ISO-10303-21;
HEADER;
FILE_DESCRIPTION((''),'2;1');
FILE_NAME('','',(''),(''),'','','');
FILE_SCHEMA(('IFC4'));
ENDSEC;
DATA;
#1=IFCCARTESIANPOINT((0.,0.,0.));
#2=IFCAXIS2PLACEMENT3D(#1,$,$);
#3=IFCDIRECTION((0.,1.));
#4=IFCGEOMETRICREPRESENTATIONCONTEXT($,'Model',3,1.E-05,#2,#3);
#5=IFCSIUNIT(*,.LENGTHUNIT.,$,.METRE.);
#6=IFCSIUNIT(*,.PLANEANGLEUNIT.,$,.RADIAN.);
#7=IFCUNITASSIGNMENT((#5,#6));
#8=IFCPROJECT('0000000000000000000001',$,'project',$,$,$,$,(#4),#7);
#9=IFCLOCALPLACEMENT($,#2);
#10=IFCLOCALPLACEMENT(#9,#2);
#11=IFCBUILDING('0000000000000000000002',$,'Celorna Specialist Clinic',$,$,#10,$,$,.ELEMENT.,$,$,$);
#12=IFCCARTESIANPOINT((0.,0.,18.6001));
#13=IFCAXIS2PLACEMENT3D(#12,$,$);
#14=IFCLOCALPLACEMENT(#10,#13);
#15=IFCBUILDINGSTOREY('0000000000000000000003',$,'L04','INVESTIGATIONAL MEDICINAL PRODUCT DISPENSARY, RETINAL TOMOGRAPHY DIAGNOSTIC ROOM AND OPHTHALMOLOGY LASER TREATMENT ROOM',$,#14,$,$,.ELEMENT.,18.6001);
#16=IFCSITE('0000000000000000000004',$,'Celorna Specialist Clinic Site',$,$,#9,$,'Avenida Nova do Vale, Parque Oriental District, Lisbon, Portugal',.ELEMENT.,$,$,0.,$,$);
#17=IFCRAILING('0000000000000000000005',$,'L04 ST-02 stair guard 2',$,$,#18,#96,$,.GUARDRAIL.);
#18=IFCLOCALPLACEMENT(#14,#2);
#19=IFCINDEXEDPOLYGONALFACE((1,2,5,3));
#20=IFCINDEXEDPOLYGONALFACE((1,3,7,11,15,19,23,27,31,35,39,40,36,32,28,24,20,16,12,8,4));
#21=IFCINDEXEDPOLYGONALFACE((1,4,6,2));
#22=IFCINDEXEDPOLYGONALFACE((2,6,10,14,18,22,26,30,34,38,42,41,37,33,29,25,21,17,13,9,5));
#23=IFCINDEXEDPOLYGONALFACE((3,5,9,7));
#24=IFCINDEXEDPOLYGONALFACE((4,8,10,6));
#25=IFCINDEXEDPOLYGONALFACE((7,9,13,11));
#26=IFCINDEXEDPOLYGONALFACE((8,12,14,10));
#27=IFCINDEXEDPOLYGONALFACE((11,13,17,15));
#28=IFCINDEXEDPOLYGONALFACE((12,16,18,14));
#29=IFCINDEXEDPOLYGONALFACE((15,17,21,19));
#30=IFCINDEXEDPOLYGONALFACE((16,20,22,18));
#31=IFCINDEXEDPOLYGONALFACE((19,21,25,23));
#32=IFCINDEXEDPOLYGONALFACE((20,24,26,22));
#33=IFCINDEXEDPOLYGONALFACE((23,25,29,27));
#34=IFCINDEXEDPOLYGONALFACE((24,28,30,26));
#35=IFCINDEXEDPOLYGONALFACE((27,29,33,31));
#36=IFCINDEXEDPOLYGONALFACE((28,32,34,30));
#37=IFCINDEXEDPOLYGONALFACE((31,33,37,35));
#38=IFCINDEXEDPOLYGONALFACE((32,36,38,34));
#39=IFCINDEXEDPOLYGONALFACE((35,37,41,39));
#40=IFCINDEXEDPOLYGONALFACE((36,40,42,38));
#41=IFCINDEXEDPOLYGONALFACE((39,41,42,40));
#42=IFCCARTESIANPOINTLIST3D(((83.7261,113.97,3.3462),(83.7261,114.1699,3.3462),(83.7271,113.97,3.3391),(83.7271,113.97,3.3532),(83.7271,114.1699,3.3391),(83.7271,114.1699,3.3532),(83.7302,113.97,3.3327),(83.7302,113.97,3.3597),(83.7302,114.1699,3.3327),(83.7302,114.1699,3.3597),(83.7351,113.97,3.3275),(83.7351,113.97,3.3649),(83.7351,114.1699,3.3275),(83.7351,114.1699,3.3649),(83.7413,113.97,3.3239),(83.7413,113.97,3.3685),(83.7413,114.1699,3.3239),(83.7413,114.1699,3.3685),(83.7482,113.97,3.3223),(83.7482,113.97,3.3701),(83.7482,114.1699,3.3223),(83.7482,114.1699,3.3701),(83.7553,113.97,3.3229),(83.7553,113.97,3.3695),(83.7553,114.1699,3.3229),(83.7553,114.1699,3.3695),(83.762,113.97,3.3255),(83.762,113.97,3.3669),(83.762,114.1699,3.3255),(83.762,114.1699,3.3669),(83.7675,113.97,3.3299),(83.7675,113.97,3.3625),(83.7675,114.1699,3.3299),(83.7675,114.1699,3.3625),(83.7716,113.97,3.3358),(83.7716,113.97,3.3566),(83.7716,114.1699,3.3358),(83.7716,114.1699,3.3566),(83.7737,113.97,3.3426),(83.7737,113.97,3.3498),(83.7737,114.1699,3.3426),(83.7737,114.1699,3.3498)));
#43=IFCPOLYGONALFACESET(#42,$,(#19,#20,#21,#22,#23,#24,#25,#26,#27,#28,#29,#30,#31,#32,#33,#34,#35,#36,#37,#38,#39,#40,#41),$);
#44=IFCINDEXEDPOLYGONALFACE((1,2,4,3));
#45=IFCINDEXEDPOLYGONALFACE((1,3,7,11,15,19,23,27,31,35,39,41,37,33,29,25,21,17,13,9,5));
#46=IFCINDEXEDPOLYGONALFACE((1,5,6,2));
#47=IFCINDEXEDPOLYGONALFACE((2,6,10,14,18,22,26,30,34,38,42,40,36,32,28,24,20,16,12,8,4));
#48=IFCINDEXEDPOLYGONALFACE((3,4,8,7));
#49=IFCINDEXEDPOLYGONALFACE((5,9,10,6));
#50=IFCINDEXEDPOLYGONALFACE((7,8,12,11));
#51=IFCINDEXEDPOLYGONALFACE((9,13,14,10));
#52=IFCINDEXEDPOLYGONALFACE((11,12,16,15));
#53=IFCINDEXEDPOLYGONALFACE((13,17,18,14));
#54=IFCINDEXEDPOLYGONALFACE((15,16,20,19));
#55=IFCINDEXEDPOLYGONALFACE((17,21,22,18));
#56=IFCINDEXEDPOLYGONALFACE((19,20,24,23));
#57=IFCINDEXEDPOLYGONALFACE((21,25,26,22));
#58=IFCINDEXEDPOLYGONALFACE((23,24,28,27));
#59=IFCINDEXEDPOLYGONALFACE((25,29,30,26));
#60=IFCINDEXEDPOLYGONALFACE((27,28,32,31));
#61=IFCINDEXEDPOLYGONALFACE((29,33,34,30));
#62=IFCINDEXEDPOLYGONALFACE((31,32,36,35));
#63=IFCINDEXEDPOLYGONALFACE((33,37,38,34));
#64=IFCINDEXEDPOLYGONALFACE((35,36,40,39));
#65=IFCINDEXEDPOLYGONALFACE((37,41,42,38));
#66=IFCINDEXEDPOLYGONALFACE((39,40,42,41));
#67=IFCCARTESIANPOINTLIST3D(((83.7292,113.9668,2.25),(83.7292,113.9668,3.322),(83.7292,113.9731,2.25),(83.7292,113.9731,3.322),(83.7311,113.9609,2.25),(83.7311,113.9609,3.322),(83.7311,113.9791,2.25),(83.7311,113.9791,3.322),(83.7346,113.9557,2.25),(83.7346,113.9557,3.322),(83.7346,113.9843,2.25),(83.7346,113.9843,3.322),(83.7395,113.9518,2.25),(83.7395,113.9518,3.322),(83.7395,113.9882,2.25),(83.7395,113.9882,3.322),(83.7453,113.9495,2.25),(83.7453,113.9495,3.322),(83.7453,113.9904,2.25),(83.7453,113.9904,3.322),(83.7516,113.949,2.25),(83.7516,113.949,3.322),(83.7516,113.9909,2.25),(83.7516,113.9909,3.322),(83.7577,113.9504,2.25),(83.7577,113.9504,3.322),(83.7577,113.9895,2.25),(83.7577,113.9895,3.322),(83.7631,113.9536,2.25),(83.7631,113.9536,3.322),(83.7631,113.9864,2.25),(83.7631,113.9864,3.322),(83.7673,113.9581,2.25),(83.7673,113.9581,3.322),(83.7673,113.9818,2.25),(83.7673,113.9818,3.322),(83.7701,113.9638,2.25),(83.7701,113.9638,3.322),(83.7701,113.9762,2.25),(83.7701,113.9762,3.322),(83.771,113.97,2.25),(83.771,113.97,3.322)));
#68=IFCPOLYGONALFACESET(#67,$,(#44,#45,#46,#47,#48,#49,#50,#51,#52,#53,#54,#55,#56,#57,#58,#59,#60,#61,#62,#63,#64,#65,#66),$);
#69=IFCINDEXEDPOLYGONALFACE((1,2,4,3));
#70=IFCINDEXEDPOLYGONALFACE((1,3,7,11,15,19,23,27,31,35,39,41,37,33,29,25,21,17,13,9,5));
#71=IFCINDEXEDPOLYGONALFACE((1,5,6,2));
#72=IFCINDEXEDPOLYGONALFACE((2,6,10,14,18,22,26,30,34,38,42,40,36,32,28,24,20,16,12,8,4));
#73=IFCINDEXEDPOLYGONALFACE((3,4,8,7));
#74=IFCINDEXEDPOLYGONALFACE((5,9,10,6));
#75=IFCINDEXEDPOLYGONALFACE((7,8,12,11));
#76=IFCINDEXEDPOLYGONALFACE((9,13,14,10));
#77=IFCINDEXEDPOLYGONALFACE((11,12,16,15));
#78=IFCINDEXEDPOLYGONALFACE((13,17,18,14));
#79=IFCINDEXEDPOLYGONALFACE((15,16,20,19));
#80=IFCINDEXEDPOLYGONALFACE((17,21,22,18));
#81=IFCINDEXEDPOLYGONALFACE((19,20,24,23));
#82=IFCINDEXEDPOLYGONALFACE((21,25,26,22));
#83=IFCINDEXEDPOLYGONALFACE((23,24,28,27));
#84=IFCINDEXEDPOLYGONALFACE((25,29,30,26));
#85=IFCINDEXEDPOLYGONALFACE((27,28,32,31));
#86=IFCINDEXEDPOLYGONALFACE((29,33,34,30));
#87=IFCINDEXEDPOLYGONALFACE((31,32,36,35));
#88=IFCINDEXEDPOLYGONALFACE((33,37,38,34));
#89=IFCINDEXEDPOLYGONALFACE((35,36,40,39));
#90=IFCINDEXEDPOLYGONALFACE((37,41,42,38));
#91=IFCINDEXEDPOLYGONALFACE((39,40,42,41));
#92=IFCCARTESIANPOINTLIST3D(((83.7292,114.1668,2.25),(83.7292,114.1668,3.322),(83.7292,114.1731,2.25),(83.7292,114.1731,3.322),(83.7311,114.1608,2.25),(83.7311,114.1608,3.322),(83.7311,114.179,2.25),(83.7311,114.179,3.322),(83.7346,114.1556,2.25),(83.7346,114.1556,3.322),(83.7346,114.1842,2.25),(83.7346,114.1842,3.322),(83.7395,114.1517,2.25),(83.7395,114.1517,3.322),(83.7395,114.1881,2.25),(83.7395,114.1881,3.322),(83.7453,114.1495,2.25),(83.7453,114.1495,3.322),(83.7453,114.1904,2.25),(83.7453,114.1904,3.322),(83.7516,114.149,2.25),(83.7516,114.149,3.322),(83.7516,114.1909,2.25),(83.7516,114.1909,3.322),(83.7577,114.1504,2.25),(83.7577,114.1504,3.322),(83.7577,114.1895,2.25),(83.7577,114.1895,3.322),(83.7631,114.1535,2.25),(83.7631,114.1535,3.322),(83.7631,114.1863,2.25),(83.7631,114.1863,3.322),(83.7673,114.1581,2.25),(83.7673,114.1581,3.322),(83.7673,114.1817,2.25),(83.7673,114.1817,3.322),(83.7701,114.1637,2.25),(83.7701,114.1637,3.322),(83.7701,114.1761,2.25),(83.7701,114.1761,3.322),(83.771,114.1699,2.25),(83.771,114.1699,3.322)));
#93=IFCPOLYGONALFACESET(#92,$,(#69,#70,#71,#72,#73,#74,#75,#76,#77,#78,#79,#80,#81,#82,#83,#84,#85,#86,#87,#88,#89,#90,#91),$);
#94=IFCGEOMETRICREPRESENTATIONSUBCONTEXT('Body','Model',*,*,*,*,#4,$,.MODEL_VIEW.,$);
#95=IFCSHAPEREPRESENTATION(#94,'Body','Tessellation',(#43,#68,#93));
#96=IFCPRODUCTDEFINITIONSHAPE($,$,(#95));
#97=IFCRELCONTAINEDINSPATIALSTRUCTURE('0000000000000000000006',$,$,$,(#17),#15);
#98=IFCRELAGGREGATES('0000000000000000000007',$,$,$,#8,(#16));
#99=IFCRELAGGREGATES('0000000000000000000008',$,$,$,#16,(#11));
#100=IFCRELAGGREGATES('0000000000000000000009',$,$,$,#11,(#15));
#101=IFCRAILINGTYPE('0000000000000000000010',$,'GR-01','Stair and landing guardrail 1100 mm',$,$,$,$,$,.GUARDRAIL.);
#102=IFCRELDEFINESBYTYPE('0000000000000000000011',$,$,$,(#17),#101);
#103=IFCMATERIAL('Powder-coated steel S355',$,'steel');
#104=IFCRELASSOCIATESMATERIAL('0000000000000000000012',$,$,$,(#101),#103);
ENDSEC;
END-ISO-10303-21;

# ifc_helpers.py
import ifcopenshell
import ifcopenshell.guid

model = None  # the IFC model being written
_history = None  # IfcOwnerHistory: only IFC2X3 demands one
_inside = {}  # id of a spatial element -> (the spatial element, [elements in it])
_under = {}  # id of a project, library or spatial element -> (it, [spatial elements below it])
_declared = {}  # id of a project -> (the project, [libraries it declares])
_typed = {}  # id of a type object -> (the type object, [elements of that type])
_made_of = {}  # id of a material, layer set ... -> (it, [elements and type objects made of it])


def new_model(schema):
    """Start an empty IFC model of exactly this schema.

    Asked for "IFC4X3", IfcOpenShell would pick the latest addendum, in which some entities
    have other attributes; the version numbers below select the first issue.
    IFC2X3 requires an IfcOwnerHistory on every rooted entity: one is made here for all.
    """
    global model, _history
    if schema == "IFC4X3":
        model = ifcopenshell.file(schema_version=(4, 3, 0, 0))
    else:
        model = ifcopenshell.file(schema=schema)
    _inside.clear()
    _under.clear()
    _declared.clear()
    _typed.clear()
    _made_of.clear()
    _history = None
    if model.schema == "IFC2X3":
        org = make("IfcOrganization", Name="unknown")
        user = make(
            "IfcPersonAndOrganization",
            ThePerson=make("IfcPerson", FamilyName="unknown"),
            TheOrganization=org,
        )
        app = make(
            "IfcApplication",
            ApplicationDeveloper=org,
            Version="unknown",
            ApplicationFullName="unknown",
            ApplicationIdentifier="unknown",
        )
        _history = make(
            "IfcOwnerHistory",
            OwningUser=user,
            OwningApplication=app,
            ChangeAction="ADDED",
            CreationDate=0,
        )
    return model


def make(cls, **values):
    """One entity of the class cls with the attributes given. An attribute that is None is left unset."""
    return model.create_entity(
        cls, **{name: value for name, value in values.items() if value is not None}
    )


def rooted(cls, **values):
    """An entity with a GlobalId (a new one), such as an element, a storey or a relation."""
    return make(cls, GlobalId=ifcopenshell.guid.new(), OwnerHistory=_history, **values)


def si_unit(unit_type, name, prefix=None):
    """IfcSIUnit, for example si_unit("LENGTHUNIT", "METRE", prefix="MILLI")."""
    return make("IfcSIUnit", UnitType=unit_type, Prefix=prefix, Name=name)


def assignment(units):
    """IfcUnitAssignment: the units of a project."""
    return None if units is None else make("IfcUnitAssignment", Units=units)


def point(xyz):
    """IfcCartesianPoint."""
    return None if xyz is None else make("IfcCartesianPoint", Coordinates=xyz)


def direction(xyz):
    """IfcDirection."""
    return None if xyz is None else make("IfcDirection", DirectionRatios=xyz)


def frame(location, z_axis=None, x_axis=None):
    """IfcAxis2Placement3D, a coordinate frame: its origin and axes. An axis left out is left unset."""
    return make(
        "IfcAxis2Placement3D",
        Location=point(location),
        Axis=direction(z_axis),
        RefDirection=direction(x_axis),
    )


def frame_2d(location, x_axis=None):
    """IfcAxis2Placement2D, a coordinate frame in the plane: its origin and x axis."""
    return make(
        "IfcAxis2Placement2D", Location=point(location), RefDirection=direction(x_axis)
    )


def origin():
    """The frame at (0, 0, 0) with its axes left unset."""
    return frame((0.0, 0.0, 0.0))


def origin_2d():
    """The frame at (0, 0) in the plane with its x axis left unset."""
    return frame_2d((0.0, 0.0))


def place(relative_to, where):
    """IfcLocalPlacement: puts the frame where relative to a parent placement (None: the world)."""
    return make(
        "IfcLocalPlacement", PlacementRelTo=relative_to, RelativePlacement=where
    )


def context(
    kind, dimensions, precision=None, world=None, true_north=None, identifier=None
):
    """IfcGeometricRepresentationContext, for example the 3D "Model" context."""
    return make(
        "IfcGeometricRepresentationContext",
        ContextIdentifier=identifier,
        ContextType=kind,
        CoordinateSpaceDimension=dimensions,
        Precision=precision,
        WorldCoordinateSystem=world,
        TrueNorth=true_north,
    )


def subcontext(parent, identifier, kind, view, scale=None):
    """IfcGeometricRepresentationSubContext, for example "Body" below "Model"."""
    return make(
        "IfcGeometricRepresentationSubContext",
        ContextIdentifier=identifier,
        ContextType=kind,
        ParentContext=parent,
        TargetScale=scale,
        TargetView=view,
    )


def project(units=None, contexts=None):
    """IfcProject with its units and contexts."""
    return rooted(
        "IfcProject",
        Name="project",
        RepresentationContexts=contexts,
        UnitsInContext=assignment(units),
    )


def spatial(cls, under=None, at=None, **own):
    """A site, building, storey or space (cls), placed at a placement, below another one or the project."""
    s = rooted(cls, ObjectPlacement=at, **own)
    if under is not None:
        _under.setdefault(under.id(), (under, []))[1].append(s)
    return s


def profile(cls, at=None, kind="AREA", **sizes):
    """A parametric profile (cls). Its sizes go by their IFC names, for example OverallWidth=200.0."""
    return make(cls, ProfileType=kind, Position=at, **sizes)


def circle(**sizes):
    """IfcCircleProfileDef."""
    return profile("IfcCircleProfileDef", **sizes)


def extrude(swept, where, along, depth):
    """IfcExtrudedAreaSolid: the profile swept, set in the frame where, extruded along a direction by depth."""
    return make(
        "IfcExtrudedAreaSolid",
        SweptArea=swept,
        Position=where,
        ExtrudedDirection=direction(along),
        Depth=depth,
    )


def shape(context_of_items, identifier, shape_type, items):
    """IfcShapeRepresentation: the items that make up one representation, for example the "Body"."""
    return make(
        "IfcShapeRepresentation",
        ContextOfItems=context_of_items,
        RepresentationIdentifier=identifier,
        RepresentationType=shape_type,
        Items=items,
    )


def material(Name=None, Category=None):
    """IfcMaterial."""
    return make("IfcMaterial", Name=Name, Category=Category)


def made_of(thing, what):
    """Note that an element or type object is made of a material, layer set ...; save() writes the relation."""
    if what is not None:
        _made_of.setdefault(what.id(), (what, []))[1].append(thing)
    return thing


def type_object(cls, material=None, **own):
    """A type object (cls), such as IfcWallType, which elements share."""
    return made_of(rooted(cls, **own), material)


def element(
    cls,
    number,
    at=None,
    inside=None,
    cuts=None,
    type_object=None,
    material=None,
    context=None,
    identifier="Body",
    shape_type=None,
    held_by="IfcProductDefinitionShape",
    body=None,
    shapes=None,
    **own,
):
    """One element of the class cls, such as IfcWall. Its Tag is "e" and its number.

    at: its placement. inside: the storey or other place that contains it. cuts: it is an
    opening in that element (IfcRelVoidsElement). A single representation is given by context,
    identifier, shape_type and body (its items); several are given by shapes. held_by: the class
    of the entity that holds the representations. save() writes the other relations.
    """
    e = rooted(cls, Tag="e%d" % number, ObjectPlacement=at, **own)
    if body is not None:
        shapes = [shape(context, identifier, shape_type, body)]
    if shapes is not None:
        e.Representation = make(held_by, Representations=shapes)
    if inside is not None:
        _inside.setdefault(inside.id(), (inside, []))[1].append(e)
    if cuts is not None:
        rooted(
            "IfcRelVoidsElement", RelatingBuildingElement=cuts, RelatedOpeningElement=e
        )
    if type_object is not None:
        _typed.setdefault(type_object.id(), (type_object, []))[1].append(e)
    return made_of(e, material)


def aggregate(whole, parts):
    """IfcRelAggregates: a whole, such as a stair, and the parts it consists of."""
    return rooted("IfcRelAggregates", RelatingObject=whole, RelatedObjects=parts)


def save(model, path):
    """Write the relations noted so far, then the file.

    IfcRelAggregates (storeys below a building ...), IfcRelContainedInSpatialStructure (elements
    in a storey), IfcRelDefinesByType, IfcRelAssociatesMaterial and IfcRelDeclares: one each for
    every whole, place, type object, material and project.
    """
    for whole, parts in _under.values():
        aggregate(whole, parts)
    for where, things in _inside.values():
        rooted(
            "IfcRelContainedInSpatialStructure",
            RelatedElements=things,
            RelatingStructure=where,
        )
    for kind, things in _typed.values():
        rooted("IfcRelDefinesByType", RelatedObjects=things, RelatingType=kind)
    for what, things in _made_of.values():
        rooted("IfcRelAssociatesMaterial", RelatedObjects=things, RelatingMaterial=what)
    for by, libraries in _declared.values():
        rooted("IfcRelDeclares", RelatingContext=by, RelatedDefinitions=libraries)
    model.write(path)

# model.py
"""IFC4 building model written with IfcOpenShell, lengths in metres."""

from ifc_helpers import new_model, si_unit, direction, frame, origin, origin_2d, place, context, subcontext, project, spatial, circle, extrude, material, type_object, element, save


model = new_model("IFC4")

# Units and contexts
model_context = context("Model", 3, precision=1e-05, world=origin(), true_north=direction((0.0, 1.0)))
body_context = subcontext(model_context, "Body", "Model", "MODEL_VIEW")
ifc_project = project(units=[si_unit("LENGTHUNIT", "METRE"), si_unit("PLANEANGLEUNIT", "RADIAN")], contexts=[model_context])

# Site, building, storey
site_placement = place(None, origin())
site = spatial("IfcSite", under=ifc_project, at=site_placement, Name="Celorna Specialist Clinic Site", LongName="Avenida Nova do Vale, Parque Oriental District, Lisbon, Portugal", CompositionType="ELEMENT", RefElevation=0.0)
building_placement = place(site_placement, origin())
building = spatial("IfcBuilding", under=site, at=building_placement, Name="Celorna Specialist Clinic", CompositionType="ELEMENT")
storey_placement = place(building_placement, frame((0.0, 0.0, 18.6001)))
storey = spatial("IfcBuildingStorey", under=building, at=storey_placement, Name="L04", Description="INVESTIGATIONAL MEDICINAL PRODUCT DISPENSARY, RETINAL TOMOGRAPHY DIAGNOSTIC ROOM AND OPHTHALMOLOGY LASER TREATMENT ROOM", CompositionType="ELEMENT", Elevation=18.6001)

# Railing
ifc_material_1 = material(Name="Powder-coated steel S355", Category="steel")
railing_type_1 = type_object("IfcRailingType", Name="GR-01", Description="Stair and landing guardrail 1100 mm", PredefinedType="GUARDRAIL", material=ifc_material_1)
railing_1_placement = place(storey_placement, frame((83.75, 113.97, 2.25)))
element("IfcRailing", 1, at=railing_1_placement, inside=storey, type_object=railing_type_1, Name="L04 ST-02 stair guard 2", PredefinedType="GUARDRAIL", context=body_context, shape_type="SweptSolid", body=[
    extrude(circle(Radius=0.0239, at=origin_2d()), frame((0.0, 0.0, 1.0962), z_axis=(0.0, 1.0, 0.0), x_axis=(-1.0, 0.0, 0.0)), (0.0, 0.0, 1.0), 0.2),
    extrude(circle(Radius=0.021, at=origin_2d()), origin(), (0.0, 0.0, 1.0), 1.072),
    extrude(circle(Radius=0.021, at=origin_2d()), frame((0.0, 0.2, 0.0)), (0.0, 0.0, 1.0), 1.072),
])

save(model, "model.ifc")
